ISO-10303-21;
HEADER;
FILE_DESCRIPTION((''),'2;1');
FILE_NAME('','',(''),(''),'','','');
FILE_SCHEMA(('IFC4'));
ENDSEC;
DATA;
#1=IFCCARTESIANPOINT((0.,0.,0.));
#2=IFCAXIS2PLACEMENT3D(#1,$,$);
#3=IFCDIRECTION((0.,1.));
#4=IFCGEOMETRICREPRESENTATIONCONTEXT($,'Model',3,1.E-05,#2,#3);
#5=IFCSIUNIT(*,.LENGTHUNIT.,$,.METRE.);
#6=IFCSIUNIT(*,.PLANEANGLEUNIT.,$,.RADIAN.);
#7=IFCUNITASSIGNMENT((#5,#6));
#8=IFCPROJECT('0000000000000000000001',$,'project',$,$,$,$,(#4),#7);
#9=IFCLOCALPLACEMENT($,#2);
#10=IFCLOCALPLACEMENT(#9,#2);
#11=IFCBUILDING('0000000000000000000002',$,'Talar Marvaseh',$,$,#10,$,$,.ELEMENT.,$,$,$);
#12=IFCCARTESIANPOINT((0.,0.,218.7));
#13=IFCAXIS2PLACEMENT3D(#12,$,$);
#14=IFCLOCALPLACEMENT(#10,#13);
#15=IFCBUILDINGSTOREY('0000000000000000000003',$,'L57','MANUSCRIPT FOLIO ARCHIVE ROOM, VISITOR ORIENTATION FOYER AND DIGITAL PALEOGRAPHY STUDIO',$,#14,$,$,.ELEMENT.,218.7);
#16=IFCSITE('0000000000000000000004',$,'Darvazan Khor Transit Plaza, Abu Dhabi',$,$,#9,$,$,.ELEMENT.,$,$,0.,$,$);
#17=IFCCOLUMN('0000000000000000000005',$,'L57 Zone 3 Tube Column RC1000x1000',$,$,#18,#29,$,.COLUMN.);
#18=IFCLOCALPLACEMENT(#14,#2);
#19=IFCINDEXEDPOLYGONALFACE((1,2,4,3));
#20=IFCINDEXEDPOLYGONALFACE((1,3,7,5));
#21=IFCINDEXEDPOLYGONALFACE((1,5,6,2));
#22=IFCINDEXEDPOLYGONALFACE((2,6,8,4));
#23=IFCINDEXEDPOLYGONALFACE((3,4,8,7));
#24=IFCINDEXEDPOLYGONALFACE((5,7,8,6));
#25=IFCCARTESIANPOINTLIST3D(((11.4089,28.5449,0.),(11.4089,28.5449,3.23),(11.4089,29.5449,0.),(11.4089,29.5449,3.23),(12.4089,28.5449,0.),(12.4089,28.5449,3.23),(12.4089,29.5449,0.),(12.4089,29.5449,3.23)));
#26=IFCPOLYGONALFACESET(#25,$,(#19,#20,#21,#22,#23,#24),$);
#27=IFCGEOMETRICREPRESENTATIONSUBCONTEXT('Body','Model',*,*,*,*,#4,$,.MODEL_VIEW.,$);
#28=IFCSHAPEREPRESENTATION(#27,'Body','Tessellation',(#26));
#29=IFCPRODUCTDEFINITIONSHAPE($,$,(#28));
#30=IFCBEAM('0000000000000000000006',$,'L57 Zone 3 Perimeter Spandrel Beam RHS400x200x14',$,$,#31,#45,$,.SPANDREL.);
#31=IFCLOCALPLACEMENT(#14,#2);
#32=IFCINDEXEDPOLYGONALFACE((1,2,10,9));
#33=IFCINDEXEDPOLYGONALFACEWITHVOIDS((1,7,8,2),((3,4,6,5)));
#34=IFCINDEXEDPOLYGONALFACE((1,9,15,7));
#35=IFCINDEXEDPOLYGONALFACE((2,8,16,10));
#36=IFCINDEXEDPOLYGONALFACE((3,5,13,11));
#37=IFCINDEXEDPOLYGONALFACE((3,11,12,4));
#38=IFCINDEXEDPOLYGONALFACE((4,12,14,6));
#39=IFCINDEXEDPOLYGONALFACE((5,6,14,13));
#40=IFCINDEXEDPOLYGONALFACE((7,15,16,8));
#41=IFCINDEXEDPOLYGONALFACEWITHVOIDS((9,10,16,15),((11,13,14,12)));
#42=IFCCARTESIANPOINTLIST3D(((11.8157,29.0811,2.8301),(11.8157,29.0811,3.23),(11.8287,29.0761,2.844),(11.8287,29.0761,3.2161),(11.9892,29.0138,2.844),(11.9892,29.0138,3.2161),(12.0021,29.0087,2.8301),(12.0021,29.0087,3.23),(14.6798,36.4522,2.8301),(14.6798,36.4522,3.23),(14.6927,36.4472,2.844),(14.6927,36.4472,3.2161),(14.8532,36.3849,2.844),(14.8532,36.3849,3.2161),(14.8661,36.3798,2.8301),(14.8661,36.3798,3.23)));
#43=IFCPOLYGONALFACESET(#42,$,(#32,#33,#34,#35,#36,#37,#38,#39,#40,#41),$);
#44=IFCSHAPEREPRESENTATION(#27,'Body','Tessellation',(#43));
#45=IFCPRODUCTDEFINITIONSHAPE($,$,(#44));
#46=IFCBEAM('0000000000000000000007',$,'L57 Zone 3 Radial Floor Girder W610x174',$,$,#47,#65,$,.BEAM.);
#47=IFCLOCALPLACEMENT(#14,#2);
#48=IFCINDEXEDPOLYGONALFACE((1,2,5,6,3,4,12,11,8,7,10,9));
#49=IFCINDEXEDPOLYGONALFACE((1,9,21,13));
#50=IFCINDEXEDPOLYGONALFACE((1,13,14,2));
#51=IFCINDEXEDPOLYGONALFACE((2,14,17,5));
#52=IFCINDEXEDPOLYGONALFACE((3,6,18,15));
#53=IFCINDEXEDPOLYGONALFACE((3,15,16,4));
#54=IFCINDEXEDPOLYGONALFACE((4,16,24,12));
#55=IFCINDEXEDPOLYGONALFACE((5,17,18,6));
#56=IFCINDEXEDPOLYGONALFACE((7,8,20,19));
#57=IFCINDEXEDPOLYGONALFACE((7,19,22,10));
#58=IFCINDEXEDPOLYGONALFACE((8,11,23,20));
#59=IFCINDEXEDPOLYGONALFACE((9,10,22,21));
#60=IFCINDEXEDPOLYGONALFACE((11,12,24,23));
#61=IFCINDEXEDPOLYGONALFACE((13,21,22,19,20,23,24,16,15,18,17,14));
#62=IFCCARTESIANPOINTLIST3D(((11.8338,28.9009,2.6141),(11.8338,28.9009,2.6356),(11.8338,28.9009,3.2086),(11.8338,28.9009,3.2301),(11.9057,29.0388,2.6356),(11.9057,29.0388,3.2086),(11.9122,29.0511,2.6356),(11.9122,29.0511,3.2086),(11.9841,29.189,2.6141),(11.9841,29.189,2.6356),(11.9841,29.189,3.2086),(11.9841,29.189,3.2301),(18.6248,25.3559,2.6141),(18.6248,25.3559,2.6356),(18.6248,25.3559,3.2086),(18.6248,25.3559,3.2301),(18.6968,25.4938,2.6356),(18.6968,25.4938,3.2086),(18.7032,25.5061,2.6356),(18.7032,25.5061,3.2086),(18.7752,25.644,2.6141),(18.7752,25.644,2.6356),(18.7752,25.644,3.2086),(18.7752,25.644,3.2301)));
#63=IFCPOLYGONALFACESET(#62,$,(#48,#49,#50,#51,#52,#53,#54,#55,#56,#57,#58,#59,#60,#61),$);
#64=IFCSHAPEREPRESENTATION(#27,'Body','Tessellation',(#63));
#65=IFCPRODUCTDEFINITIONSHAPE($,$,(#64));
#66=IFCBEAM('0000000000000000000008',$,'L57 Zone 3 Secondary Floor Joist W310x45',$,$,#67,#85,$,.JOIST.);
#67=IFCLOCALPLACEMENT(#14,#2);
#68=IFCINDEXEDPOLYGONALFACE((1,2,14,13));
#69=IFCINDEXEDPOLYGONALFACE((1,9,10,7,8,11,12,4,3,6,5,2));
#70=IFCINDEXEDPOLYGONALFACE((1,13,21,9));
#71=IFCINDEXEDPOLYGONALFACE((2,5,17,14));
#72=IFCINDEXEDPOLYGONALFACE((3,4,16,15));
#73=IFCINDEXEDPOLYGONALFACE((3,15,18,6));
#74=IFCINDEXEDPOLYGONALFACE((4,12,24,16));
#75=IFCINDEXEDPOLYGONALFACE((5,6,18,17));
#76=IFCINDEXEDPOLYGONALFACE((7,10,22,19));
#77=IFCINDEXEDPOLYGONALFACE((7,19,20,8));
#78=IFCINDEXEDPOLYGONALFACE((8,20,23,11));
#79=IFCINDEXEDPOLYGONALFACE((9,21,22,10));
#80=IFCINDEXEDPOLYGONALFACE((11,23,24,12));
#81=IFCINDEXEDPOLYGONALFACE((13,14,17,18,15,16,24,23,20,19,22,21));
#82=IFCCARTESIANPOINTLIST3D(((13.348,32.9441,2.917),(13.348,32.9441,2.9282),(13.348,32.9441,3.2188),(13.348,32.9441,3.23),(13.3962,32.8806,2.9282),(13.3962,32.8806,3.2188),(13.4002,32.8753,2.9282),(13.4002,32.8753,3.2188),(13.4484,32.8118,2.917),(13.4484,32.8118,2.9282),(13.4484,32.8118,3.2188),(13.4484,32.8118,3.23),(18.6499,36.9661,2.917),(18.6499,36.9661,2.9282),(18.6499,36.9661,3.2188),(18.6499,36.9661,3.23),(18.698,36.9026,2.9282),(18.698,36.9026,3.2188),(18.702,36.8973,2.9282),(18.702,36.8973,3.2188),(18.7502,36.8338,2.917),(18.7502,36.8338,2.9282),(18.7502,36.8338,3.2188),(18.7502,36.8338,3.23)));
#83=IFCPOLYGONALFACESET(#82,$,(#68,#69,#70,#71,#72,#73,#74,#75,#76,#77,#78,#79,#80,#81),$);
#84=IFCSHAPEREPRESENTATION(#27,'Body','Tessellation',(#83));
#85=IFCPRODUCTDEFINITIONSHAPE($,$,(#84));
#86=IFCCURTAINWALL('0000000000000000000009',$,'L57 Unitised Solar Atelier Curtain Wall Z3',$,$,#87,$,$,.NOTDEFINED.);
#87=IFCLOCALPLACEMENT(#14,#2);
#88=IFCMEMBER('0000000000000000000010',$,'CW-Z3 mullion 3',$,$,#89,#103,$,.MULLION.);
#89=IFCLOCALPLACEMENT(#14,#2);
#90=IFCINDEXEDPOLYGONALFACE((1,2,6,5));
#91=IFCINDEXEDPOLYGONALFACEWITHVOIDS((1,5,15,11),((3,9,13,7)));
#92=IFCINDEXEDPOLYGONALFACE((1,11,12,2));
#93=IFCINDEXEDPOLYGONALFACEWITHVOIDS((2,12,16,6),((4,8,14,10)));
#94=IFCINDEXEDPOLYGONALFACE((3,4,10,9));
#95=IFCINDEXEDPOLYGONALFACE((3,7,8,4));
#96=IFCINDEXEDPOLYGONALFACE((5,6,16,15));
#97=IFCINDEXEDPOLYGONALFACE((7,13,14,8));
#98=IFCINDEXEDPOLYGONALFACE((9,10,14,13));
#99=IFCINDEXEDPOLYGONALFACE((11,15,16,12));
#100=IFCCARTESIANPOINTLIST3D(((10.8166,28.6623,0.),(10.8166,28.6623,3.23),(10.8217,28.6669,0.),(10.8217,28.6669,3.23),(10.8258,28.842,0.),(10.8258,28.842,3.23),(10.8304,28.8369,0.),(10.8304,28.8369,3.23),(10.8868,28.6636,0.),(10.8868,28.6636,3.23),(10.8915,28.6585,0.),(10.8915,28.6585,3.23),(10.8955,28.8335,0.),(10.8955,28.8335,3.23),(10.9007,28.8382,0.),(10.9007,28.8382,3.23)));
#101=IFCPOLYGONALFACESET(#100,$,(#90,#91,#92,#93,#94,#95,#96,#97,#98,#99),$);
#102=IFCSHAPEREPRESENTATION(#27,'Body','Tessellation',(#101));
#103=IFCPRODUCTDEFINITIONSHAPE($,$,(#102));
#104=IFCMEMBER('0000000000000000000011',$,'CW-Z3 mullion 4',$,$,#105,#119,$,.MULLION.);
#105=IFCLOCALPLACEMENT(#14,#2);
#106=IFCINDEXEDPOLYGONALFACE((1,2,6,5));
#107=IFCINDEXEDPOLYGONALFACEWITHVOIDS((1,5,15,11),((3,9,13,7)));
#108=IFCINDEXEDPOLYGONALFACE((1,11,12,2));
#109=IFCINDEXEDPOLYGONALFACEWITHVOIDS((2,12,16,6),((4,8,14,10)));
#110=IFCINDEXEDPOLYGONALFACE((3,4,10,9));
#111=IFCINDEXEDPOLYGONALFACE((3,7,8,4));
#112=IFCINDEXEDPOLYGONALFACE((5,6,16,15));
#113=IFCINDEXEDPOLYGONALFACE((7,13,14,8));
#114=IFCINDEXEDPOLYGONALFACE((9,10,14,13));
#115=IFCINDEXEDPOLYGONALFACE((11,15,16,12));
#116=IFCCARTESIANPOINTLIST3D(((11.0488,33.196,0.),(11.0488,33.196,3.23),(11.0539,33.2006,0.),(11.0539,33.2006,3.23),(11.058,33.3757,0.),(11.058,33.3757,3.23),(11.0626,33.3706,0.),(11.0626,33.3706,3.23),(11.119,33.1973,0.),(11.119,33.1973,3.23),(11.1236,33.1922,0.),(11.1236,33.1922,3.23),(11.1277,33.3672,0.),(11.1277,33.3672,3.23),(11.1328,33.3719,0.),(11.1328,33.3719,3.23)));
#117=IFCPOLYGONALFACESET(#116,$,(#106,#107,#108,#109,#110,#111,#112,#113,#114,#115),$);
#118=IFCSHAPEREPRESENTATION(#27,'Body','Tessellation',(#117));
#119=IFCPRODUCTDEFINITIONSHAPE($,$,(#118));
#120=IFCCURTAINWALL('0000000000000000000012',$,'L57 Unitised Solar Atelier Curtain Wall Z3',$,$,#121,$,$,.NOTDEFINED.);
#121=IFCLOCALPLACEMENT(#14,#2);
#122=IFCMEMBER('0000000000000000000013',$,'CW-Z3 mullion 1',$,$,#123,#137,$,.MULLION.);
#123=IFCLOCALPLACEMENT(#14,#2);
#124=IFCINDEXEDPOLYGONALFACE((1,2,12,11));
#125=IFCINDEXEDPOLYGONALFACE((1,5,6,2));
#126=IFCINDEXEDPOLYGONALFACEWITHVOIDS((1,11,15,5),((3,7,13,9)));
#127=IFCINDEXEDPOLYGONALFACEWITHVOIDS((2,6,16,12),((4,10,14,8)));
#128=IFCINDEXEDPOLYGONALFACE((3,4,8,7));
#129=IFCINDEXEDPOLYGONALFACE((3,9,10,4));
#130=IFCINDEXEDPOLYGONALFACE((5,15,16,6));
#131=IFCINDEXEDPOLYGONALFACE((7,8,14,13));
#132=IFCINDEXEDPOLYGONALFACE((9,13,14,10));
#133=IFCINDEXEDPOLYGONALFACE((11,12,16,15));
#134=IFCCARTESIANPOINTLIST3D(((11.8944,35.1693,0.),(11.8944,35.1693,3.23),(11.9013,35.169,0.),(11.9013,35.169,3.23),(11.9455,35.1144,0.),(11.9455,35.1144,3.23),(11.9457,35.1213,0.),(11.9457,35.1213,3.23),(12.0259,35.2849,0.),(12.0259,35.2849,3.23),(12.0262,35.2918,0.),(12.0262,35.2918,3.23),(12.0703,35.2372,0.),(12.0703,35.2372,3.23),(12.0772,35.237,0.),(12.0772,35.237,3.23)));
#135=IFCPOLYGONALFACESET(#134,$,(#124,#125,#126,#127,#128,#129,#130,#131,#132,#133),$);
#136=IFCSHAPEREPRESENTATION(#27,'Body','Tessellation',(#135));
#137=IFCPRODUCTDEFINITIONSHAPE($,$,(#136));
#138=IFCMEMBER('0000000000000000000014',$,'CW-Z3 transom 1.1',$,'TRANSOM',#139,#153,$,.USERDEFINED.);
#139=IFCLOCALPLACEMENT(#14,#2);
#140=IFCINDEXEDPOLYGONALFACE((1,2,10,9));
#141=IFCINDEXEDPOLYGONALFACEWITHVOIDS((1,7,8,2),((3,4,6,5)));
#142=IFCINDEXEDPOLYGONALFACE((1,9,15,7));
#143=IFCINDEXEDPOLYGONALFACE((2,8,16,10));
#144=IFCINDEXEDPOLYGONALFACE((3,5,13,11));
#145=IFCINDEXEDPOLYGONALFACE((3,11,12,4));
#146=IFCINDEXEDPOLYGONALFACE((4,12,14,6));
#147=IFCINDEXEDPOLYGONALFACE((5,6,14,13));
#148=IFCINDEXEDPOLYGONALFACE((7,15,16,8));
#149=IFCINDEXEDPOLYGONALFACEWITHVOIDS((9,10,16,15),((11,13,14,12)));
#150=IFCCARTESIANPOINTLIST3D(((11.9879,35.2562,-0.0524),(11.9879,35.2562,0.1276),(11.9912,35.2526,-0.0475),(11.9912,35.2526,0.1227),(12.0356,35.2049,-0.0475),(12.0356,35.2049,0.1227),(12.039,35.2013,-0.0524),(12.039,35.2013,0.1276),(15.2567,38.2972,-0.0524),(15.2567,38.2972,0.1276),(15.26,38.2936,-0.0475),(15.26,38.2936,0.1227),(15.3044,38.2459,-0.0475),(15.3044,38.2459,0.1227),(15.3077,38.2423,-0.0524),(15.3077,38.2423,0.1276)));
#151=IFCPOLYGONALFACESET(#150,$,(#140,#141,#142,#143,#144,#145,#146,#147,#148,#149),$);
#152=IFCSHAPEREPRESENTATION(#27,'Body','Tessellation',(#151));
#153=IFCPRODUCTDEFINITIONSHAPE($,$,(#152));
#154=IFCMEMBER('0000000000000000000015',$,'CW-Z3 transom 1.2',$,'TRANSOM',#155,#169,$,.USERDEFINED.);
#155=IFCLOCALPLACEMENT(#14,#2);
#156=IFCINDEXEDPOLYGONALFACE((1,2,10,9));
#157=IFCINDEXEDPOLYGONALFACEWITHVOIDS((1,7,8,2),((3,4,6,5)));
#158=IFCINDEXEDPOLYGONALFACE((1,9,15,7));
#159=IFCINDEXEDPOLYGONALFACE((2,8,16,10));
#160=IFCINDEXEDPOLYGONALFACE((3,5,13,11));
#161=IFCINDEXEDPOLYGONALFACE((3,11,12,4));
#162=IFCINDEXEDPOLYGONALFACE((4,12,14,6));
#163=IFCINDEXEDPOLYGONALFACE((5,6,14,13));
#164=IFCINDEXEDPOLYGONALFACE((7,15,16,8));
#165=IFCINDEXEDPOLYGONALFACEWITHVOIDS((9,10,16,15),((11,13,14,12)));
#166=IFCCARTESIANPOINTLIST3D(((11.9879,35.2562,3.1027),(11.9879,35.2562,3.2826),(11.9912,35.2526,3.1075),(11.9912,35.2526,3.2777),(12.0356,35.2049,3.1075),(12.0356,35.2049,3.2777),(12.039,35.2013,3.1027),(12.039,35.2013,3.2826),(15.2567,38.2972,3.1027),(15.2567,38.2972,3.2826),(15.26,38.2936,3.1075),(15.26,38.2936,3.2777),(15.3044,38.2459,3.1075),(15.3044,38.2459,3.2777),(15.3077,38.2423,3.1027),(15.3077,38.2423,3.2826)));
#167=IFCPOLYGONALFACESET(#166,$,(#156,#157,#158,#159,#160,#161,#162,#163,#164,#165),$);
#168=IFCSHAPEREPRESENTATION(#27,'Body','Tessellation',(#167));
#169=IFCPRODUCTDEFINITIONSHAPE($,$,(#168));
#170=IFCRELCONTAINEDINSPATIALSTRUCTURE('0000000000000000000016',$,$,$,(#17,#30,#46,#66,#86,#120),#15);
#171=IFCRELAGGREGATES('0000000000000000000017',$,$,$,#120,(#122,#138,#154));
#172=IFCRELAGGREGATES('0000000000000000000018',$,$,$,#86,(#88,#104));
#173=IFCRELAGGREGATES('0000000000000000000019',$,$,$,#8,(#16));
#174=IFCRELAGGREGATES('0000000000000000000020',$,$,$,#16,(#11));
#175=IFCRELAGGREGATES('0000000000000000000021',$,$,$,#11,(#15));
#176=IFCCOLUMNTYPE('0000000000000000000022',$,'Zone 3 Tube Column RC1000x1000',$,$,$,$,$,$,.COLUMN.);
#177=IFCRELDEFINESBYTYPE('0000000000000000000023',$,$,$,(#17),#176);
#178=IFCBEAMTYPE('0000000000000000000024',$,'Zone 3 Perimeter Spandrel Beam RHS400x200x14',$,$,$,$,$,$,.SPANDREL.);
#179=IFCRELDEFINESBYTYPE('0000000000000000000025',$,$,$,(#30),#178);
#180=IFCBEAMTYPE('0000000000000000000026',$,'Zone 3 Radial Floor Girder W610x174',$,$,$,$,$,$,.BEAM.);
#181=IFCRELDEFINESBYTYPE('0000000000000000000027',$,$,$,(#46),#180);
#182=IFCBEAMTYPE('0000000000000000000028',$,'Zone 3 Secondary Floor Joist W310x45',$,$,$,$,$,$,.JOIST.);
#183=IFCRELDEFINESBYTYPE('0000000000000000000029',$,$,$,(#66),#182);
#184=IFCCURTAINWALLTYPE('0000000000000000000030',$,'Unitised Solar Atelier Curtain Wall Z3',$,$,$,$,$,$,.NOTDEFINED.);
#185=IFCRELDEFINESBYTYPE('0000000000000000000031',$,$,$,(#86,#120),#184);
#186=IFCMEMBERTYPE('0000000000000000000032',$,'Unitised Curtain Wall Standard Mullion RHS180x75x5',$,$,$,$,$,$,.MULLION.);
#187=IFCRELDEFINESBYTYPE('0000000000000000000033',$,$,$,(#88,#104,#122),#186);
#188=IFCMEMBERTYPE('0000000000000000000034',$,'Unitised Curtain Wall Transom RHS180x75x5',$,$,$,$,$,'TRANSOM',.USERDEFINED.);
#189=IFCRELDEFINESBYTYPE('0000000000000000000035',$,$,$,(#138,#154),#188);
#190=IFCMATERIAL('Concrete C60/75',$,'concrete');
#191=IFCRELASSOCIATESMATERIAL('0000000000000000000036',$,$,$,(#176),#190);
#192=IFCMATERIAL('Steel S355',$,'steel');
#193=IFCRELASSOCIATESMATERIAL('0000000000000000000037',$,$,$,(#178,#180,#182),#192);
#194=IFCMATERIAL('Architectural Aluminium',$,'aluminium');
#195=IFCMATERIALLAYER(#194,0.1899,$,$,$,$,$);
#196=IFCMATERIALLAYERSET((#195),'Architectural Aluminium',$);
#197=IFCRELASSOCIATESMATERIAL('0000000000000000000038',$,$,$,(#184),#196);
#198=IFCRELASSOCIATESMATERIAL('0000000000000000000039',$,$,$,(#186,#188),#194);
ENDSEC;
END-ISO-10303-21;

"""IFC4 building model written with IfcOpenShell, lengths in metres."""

from ifc_helpers import new_model, si_unit, direction, frame, origin, origin_2d, place, context, subcontext, project, spatial, rectangle, hollow_rectangle, i_section, extrude, source, transform, mapped, material, layer, layer_set, material_profile, profile_set, type_object, type_shapes, element, aggregate, save


model = new_model("IFC4")

# Units and contexts
model_context = context("Model", 3, precision=1e-05, world=origin(), true_north=direction((0.0, 1.0)))
body_context = subcontext(model_context, "Body", "Model", "MODEL_VIEW")
ifc_project = project(units=[si_unit("LENGTHUNIT", "METRE"), si_unit("PLANEANGLEUNIT", "RADIAN")], contexts=[model_context])

# Site, building, storey
site_placement = place(None, origin())
site = spatial("IfcSite", under=ifc_project, at=site_placement, Name="Darvazan Khor Transit Plaza, Abu Dhabi", CompositionType="ELEMENT", RefElevation=0.0)
building_placement = place(site_placement, origin())
building = spatial("IfcBuilding", under=site, at=building_placement, Name="Talar Marvaseh", CompositionType="ELEMENT")
storey_placement = place(building_placement, frame((0.0, 0.0, 218.7)))
storey = spatial("IfcBuildingStorey", under=building, at=storey_placement, Name="L57", Description="MANUSCRIPT FOLIO ARCHIVE ROOM, VISITOR ORIENTATION FOYER AND DIGITAL PALEOGRAPHY STUDIO", CompositionType="ELEMENT", Elevation=218.7)

# Column
ifc_material_1 = material(Name="Concrete C60/75", Category="concrete")
ifc_material_profile_1 = material_profile(ifc_material_1, rectangle(XDim=1.0, YDim=1.0, at=origin_2d()), Name="RC1000x1000")
ifc_profile_set_1 = profile_set([ifc_material_profile_1], Name="Concrete C60/75")
column_type = type_object("IfcColumnType", Name="Zone 3 Tube Column RC1000x1000", PredefinedType="COLUMN", material=ifc_profile_set_1)
column_placement = place(storey_placement, frame((11.9089, 29.0449, 0.0), z_axis=(0.0, 0.0, 1.0), x_axis=(1.0, 0.0, 0.0)))
element("IfcColumn", 1, at=column_placement, inside=storey, type_object=column_type, Name="L57 Zone 3 Tube Column RC1000x1000", PredefinedType="COLUMN", context=body_context, shape_type="SweptSolid", body=[
    extrude(rectangle(XDim=1.0, YDim=1.0, at=origin_2d()), origin(), (0.0, 0.0, 1.0), 3.23),
])

# Beams
ifc_material_2 = material(Name="Steel S355", Category="steel")
ifc_material_profile_2 = material_profile(ifc_material_2, hollow_rectangle(XDim=0.2, YDim=0.3999, WallThickness=0.0139, at=origin_2d()), Name="RHS400x200x14")
ifc_profile_set_2 = profile_set([ifc_material_profile_2], Name="Steel S355")
beam_type_1 = type_object("IfcBeamType", Name="Zone 3 Perimeter Spandrel Beam RHS400x200x14", PredefinedType="SPANDREL", material=ifc_profile_set_2)
beam_1_placement = place(storey_placement, frame((11.9089, 29.0449, 3.03), z_axis=(0.362169, 0.932112, 0.0), x_axis=(-0.932112, 0.362169, 0.0)))
element("IfcBeam", 2, at=beam_1_placement, inside=storey, type_object=beam_type_1, Name="L57 Zone 3 Perimeter Spandrel Beam RHS400x200x14", PredefinedType="SPANDREL", context=body_context, shape_type="SweptSolid", body=[
    extrude(hollow_rectangle(XDim=0.2, YDim=0.3999, WallThickness=0.0139, at=origin_2d()), origin(), (0.0, 0.0, 1.0), 7.908),
])
ifc_material_profile_3 = material_profile(ifc_material_2, i_section(OverallWidth=0.325, OverallDepth=0.616, WebThickness=0.0139, FlangeThickness=0.0215, at=origin_2d()), Name="W610x174")
ifc_profile_set_3 = profile_set([ifc_material_profile_3], Name="Steel S355")
beam_type_2 = type_object("IfcBeamType", Name="Zone 3 Radial Floor Girder W610x174", PredefinedType="BEAM", material=ifc_profile_set_3)
beam_2_placement = place(storey_placement, frame((11.9089, 29.0449, 2.9221), z_axis=(0.886489, -0.462749, 0.0), x_axis=(0.462749, 0.886489, 0.0)))
element("IfcBeam", 3, at=beam_2_placement, inside=storey, type_object=beam_type_2, Name="L57 Zone 3 Radial Floor Girder W610x174", PredefinedType="BEAM", context=body_context, shape_type="SweptSolid", body=[
    extrude(i_section(OverallWidth=0.325, OverallDepth=0.616, WebThickness=0.0139, FlangeThickness=0.0215, at=origin_2d()), origin(), (0.0, 0.0, 1.0), 7.6606),
])
ifc_material_profile_4 = material_profile(ifc_material_2, i_section(OverallWidth=0.166, OverallDepth=0.313, WebThickness=0.0066, FlangeThickness=0.0112, at=origin_2d()), Name="W310x45")
ifc_profile_set_4 = profile_set([ifc_material_profile_4], Name="Steel S355")
beam_type_3 = type_object("IfcBeamType", Name="Zone 3 Secondary Floor Joist W310x45", PredefinedType="JOIST", material=ifc_profile_set_4)
beam_3_placement = place(storey_placement, frame((13.3982, 32.8779, 3.0735), z_axis=(0.796695, 0.604382, 0.0), x_axis=(-0.604382, 0.796695, 0.0)))
element("IfcBeam", 4, at=beam_3_placement, inside=storey, type_object=beam_type_3, Name="L57 Zone 3 Secondary Floor Joist W310x45", PredefinedType="JOIST", context=body_context, shape_type="SweptSolid", body=[
    extrude(i_section(OverallWidth=0.166, OverallDepth=0.313, WebThickness=0.0066, FlangeThickness=0.0112, at=origin_2d()), origin(), (0.0, 0.0, 1.0), 6.6548),
])

# Curtain walls, members
ifc_material_3 = material(Name="Architectural Aluminium", Category="aluminium")
ifc_layer_1 = layer(ifc_material_3, 0.1899)
ifc_layer_set_1 = layer_set([ifc_layer_1], Name="Architectural Aluminium")
curtain_wall_type = type_object("IfcCurtainWallType", Name="Unitised Solar Atelier Curtain Wall Z3", PredefinedType="NOTDEFINED", material=ifc_layer_set_1)
curtain_wall_1_placement = place(storey_placement, origin())
curtain_wall_1 = element("IfcCurtainWall", 5, at=curtain_wall_1_placement, inside=storey, type_object=curtain_wall_type, Name="L57 Unitised Solar Atelier Curtain Wall Z3", PredefinedType="NOTDEFINED")
ifc_material_profile_5 = material_profile(ifc_material_3, hollow_rectangle(XDim=0.075, YDim=0.1799, WallThickness=0.0049, at=origin_2d()), Name="RHS180x75x5")
ifc_profile_set_5 = profile_set([ifc_material_profile_5], Name="Architectural Aluminium")
member_type_1 = type_object("IfcMemberType", Name="Unitised Curtain Wall Standard Mullion RHS180x75x5", PredefinedType="MULLION", material=ifc_profile_set_5)
shared_shape_1 = source(origin(), body_context, "Body", "SweptSolid", [
    extrude(hollow_rectangle(XDim=0.075, YDim=0.1799, WallThickness=0.0049, at=origin_2d()), origin(), (0.0, 0.0, 1.0), 3.23),
])
type_shapes(member_type_1, [shared_shape_1])
member_1_placement = place(storey_placement, frame((10.8586, 28.7502, 0.0), z_axis=(0.0, 0.0, 1.0), x_axis=(-0.998691, 0.051152, 0.0)))
member_1 = element("IfcMember", 6, at=member_1_placement, type_object=member_type_1, Name="CW-Z3 mullion 3", PredefinedType="MULLION", context=body_context, shape_type="MappedRepresentation", body=[
    mapped(shared_shape_1, transform((0.0, 0.0, 0.0), x_axis=(1.0, 0.0, 0.0), y_axis=(0.0, 1.0, 0.0), z_axis=(0.0, 0.0, 1.0), scale=1.0)),
])
member_2_placement = place(storey_placement, frame((11.0908, 33.2839, 0.0), z_axis=(0.0, 0.0, 1.0), x_axis=(-0.998691, 0.051152, 0.0)))
member_2 = element("IfcMember", 7, at=member_2_placement, type_object=member_type_1, Name="CW-Z3 mullion 4", PredefinedType="MULLION", context=body_context, shape_type="MappedRepresentation", body=[
    mapped(shared_shape_1, transform((0.0, 0.0, 0.0), x_axis=(1.0, 0.0, 0.0), y_axis=(0.0, 1.0, 0.0), z_axis=(0.0, 0.0, 1.0), scale=1.0)),
])
curtain_wall_2_placement = place(storey_placement, origin())
curtain_wall_2 = element("IfcCurtainWall", 8, at=curtain_wall_2_placement, inside=storey, type_object=curtain_wall_type, Name="L57 Unitised Solar Atelier Curtain Wall Z3", PredefinedType="NOTDEFINED")
member_3_placement = place(storey_placement, frame((11.9858, 35.2031, 0.0), z_axis=(0.0, 0.0, 1.0), x_axis=(-0.681132, 0.73216, 0.0)))
member_3 = element("IfcMember", 9, at=member_3_placement, type_object=member_type_1, Name="CW-Z3 mullion 1", PredefinedType="MULLION", context=body_context, shape_type="MappedRepresentation", body=[
    mapped(shared_shape_1, transform((0.0, 0.0, 0.0), x_axis=(1.0, 0.0, 0.0), y_axis=(0.0, 1.0, 0.0), z_axis=(0.0, 0.0, 1.0), scale=1.0)),
])
ifc_material_profile_6 = material_profile(ifc_material_3, hollow_rectangle(XDim=0.075, YDim=0.1799, WallThickness=0.0049, at=origin_2d()), Name="RHS180x75x5")
ifc_profile_set_6 = profile_set([ifc_material_profile_6], Name="Architectural Aluminium")
member_type_2 = type_object("IfcMemberType", Name="Unitised Curtain Wall Transom RHS180x75x5", ElementType="TRANSOM", PredefinedType="USERDEFINED", material=ifc_profile_set_6)
shared_shape_2 = source(origin(), body_context, "Body", "SweptSolid", [
    extrude(hollow_rectangle(XDim=0.075, YDim=0.1799, WallThickness=0.0049, at=origin_2d()), origin(), (0.0, 0.0, 1.0), 4.4646),
])
member_4_placement = place(storey_placement, frame((12.0134, 35.2288, 0.0376), z_axis=(0.732156, 0.681137, 0.0), x_axis=(-0.681137, 0.732156, 0.0)))
member_4 = element("IfcMember", 10, at=member_4_placement, type_object=member_type_2, Name="CW-Z3 transom 1.1", ObjectType="TRANSOM", PredefinedType="USERDEFINED", context=body_context, shape_type="MappedRepresentation", body=[
    mapped(shared_shape_2, transform((0.0, 0.0, 0.0), x_axis=(1.0, 0.0, 0.0), y_axis=(0.0, 1.0, 0.0), z_axis=(0.0, 0.0, 1.0), scale=1.0)),
])
member_5_placement = place(storey_placement, frame((12.0134, 35.2288, 3.1926), z_axis=(0.732156, 0.681137, 0.0), x_axis=(-0.681137, 0.732156, 0.0)))
member_5 = element("IfcMember", 11, at=member_5_placement, type_object=member_type_2, Name="CW-Z3 transom 1.2", ObjectType="TRANSOM", PredefinedType="USERDEFINED", context=body_context, shape_type="MappedRepresentation", body=[
    mapped(shared_shape_2, transform((0.0, 0.0, 0.0), x_axis=(1.0, 0.0, 0.0), y_axis=(0.0, 1.0, 0.0), z_axis=(0.0, 0.0, 1.0), scale=1.0)),
])
aggregate(curtain_wall_2, [member_3, member_4, member_5])

aggregate(curtain_wall_1, [member_1, member_2])

save(model, "model.ifc")
